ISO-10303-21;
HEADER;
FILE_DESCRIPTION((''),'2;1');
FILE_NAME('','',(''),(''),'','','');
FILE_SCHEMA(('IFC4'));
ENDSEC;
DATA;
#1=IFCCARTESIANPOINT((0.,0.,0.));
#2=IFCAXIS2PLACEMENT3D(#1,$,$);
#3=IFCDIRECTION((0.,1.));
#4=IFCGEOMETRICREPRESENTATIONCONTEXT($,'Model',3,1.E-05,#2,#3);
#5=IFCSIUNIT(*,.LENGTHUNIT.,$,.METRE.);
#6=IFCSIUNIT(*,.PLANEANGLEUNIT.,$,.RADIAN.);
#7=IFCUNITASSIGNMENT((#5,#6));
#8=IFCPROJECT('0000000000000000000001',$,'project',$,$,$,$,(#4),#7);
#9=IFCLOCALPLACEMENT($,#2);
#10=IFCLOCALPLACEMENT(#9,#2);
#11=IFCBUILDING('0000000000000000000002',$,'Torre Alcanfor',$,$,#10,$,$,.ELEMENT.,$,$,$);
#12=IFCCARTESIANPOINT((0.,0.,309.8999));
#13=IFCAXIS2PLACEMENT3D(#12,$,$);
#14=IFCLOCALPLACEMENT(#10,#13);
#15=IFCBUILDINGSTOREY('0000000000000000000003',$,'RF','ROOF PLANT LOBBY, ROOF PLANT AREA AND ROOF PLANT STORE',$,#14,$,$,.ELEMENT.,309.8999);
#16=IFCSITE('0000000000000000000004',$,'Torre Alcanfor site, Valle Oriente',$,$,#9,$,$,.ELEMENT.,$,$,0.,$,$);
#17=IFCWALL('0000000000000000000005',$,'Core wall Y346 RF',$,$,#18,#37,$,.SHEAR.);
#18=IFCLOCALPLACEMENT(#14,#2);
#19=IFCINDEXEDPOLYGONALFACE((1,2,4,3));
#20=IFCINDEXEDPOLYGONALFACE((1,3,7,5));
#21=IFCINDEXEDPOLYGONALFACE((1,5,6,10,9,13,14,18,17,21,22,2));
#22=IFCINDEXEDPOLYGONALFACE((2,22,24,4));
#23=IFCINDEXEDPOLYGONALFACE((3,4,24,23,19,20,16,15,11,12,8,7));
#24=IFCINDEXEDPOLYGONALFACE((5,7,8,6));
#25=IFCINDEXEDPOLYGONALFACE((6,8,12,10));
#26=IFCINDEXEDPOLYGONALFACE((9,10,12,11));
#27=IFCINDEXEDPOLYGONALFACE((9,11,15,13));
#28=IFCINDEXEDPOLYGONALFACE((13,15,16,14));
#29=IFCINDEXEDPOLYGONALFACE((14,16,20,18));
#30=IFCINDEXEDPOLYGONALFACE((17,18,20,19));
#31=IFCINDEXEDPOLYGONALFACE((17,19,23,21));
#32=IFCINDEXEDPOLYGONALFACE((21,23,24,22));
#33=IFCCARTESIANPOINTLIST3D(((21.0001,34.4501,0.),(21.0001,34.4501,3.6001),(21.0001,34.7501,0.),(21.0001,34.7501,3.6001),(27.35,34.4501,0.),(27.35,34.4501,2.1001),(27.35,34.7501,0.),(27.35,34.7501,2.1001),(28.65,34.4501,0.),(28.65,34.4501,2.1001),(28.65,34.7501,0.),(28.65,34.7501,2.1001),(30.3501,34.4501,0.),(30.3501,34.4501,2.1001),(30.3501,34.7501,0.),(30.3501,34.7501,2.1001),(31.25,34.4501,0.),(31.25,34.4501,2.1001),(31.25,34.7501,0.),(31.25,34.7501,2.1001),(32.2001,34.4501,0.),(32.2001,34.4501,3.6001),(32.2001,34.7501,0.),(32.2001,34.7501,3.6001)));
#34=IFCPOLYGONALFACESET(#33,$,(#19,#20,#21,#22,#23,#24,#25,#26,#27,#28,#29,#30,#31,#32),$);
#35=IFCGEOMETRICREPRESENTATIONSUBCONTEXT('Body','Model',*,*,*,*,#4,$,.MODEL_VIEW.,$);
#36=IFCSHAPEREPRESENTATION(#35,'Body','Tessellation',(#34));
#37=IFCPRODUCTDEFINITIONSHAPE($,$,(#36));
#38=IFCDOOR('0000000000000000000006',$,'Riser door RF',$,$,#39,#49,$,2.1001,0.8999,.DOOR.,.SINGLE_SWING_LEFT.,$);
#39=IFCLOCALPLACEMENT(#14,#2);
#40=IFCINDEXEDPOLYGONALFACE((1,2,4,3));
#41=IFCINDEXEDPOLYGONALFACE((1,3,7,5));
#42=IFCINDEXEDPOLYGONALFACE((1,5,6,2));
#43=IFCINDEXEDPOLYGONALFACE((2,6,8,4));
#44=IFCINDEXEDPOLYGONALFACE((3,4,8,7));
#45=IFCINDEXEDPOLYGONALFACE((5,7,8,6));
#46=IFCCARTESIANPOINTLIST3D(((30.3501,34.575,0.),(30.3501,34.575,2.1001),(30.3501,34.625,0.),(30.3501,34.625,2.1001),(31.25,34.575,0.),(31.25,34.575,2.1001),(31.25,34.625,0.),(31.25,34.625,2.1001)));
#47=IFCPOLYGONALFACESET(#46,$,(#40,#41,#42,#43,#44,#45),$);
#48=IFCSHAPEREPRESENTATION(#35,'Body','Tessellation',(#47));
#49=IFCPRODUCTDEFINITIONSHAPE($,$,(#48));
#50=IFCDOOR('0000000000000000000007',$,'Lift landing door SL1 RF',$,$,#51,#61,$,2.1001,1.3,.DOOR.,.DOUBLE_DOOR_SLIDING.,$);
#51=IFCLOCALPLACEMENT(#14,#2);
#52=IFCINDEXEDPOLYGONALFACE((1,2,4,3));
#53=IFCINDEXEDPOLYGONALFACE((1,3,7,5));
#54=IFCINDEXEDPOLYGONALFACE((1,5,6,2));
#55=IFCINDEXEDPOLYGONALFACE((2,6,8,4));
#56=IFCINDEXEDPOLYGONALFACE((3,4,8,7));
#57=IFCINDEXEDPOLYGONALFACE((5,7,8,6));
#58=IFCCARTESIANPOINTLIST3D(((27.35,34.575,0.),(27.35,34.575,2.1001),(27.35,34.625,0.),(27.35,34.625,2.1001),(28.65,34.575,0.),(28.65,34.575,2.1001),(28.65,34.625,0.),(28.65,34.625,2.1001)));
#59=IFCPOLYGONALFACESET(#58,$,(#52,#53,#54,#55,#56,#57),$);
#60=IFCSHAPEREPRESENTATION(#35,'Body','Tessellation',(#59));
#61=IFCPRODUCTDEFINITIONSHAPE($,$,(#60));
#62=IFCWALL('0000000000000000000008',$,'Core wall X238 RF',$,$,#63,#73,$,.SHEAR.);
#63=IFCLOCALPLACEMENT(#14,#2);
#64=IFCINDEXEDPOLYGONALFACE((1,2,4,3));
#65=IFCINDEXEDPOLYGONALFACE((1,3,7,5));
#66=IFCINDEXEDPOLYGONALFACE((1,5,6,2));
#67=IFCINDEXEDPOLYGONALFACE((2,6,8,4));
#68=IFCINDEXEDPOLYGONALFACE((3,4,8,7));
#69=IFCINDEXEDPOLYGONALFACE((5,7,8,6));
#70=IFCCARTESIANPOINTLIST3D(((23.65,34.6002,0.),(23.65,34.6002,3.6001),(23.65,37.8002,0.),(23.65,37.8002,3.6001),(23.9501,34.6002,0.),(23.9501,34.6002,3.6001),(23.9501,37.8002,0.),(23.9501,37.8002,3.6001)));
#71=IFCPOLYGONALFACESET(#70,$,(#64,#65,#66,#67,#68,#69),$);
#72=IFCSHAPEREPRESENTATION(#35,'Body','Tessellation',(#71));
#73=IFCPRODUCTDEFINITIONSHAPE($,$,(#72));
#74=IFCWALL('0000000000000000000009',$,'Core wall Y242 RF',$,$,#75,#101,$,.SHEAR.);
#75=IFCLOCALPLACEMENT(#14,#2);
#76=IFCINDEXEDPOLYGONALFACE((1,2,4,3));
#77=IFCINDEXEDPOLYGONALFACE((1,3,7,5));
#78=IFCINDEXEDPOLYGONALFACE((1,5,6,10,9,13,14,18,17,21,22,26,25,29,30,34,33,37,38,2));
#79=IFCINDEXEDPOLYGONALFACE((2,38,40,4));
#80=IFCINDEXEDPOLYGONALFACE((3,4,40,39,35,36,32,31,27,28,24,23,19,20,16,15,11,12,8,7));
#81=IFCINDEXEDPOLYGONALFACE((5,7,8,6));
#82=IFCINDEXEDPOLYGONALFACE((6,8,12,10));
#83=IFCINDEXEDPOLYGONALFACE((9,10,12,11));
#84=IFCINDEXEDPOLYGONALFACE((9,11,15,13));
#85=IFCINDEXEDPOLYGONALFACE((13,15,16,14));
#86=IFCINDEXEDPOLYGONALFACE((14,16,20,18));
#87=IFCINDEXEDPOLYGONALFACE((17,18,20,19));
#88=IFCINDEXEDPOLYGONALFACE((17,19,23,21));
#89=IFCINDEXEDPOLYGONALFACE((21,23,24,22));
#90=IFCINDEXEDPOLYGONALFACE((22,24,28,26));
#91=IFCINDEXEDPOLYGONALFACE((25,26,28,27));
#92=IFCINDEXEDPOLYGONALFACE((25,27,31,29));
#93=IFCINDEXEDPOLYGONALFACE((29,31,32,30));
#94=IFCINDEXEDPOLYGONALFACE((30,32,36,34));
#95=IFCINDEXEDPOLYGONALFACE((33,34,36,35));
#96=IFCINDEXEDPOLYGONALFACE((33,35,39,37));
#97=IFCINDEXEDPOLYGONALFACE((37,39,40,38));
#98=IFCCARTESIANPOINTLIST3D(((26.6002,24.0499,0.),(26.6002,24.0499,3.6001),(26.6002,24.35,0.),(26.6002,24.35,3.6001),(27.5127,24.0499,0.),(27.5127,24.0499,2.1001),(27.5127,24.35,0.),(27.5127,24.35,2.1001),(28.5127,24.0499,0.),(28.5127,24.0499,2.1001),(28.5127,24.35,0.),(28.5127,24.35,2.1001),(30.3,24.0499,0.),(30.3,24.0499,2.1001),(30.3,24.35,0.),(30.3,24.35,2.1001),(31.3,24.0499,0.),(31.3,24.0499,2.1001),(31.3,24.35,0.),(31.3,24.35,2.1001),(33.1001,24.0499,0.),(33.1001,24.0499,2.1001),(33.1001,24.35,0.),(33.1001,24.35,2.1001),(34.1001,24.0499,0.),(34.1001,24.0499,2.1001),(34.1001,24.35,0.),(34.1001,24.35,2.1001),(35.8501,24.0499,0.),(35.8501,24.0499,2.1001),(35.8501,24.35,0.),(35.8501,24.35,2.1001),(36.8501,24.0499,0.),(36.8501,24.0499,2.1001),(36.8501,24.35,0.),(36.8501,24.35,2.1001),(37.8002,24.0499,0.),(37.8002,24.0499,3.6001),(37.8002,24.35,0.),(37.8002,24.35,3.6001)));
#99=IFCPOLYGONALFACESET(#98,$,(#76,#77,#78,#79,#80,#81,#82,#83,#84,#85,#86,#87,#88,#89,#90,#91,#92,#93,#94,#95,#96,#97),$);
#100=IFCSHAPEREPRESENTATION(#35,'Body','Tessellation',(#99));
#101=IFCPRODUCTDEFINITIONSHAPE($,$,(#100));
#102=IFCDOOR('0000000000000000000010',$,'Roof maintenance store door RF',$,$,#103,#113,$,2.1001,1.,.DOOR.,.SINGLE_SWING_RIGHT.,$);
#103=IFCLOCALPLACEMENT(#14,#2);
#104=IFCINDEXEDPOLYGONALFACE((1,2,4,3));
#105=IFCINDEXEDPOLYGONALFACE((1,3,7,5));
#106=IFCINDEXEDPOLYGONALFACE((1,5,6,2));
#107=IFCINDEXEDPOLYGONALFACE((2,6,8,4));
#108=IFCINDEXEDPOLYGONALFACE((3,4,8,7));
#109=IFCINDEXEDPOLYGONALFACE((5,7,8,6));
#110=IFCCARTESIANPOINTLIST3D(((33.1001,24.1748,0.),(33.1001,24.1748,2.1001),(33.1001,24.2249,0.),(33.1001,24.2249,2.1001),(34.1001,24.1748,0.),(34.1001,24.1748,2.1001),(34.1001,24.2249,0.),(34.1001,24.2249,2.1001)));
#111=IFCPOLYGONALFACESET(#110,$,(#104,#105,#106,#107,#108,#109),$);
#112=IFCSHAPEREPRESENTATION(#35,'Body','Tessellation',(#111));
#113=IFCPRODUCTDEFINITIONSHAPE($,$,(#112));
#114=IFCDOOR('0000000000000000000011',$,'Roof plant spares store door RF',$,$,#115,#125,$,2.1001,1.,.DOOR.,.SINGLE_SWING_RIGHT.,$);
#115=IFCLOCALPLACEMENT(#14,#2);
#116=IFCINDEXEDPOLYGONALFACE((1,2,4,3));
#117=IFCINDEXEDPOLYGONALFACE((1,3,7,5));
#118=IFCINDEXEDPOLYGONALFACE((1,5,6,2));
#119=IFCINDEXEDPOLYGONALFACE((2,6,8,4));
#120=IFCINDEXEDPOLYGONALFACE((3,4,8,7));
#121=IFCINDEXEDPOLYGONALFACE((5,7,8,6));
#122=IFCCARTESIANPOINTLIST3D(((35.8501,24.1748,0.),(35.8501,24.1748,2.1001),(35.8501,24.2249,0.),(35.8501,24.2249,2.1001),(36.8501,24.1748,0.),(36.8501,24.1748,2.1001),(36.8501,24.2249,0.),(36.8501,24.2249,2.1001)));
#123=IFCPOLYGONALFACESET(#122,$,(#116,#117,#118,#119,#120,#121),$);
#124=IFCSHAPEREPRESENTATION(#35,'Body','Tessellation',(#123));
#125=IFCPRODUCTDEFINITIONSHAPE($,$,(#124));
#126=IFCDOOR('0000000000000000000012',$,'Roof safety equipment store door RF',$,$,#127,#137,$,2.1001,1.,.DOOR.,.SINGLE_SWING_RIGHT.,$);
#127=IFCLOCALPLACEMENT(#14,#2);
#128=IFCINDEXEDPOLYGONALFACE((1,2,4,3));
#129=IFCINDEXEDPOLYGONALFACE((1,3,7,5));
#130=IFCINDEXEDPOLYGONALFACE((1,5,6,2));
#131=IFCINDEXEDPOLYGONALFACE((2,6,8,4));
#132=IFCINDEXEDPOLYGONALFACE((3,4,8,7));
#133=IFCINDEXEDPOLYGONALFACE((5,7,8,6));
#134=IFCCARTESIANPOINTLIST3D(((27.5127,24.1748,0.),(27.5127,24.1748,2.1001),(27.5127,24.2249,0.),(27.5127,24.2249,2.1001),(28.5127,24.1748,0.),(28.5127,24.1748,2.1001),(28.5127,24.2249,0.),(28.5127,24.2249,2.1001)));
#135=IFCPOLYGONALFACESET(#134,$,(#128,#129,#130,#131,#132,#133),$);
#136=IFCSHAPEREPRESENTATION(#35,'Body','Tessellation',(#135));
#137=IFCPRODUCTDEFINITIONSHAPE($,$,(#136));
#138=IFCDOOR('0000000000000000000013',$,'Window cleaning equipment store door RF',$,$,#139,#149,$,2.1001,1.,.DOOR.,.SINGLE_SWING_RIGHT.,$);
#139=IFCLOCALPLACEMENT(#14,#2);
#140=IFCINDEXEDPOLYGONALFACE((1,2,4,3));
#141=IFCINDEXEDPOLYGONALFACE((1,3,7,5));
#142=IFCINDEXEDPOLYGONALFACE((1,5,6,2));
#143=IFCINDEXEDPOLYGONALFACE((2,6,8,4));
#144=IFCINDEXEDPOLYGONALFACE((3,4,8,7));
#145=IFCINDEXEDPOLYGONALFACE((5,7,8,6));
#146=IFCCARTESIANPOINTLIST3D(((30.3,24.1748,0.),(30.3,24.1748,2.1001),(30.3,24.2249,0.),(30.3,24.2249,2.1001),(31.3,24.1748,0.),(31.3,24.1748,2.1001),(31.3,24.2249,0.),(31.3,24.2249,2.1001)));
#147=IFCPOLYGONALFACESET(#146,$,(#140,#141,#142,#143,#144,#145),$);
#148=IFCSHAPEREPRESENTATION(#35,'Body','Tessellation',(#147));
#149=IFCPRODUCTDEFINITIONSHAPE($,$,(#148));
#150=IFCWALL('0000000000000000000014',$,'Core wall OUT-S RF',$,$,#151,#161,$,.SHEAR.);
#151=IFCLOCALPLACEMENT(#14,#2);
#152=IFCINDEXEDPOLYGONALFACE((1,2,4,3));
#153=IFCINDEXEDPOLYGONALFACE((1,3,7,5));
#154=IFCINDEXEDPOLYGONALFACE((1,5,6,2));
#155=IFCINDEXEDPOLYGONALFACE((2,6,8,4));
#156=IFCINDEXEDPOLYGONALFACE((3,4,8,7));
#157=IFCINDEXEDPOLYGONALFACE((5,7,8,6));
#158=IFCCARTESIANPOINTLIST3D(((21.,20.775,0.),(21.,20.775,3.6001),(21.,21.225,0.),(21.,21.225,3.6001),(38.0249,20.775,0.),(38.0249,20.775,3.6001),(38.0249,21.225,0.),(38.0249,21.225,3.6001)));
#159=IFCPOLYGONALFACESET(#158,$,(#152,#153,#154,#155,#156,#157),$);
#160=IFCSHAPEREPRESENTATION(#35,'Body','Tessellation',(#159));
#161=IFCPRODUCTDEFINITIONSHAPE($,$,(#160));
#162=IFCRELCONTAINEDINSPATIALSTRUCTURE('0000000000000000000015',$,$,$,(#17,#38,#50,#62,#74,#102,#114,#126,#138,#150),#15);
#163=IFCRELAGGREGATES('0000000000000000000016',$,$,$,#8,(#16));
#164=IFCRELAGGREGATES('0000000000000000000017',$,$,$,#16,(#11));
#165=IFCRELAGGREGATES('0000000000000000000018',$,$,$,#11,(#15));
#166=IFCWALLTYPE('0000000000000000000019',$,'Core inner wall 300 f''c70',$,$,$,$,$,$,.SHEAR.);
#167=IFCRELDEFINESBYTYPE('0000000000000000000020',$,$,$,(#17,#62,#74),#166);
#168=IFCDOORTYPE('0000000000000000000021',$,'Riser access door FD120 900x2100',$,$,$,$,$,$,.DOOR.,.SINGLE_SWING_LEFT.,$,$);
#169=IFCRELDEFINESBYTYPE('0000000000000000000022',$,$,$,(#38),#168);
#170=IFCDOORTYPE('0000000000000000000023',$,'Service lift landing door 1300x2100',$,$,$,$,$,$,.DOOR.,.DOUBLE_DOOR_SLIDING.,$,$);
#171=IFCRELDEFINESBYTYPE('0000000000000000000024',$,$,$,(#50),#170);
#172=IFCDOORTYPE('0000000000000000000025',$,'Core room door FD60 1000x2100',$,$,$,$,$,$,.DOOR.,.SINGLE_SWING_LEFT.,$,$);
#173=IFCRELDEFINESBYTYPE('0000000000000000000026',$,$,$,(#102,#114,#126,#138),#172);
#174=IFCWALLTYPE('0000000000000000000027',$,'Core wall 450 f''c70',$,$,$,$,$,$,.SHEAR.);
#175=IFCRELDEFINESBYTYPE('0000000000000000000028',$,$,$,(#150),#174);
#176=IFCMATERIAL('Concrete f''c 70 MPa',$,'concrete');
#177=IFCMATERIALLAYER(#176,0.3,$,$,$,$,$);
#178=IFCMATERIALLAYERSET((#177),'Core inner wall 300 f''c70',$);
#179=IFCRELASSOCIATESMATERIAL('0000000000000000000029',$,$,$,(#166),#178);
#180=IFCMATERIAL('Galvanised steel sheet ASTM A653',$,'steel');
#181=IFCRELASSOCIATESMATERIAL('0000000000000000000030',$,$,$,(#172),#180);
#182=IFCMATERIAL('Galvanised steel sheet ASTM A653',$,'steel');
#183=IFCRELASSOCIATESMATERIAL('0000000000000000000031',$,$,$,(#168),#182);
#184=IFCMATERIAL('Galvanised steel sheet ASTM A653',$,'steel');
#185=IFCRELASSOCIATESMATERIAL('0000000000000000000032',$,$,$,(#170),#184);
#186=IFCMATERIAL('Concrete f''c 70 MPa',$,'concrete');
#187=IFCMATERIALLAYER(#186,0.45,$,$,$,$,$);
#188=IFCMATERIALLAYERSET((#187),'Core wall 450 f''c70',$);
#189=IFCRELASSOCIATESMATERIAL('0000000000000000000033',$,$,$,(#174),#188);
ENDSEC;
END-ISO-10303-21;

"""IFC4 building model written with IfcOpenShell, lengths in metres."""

from ifc_helpers import new_model, si_unit, direction, frame, frame_2d, origin, place, context, subcontext, project, spatial, rectangle, extrude, material, layer, layer_set, type_object, element, fill, save


model = new_model("IFC4")

# Units and contexts
model_context = context("Model", 3, precision=1e-05, world=origin(), true_north=direction((0.0, 1.0)))
body_context = subcontext(model_context, "Body", "Model", "MODEL_VIEW")
ifc_project = project(units=[si_unit("LENGTHUNIT", "METRE"), si_unit("PLANEANGLEUNIT", "RADIAN")], contexts=[model_context])

# Site, building, storey
site_placement = place(None, origin())
site = spatial("IfcSite", under=ifc_project, at=site_placement, Name="Torre Alcanfor site, Valle Oriente", CompositionType="ELEMENT", RefElevation=0.0)
building_placement = place(site_placement, origin())
building = spatial("IfcBuilding", under=site, at=building_placement, Name="Torre Alcanfor", CompositionType="ELEMENT")
storey_placement = place(building_placement, frame((0.0, 0.0, 309.8999)))
storey = spatial("IfcBuildingStorey", under=building, at=storey_placement, Name="RF", Description="ROOF PLANT LOBBY, ROOF PLANT AREA AND ROOF PLANT STORE", CompositionType="ELEMENT", Elevation=309.8999)

# Shared definitions
ifc_material_1 = material(Name="Concrete f'c 70 MPa", Category="concrete")
ifc_layer_1 = layer(ifc_material_1, 0.3)
ifc_layer_set_1 = layer_set([ifc_layer_1], Name="Core inner wall 300 f'c70")
wall_type_1 = type_object("IfcWallType", Name="Core inner wall 300 f'c70", PredefinedType="SHEAR", material=ifc_layer_set_1)
ifc_material_2 = material(Name="Galvanised steel sheet ASTM A653", Category="steel")
door_type_1 = type_object("IfcDoorType", Name="Core room door FD60 1000x2100", OperationType="SINGLE_SWING_LEFT", PredefinedType="DOOR", material=ifc_material_2)

# Wall, openings, doors
wall_1_placement = place(storey_placement, frame((21.0, 34.6001, 0.0), z_axis=(0.0, 0.0, 1.0), x_axis=(1.0, 0.0, 0.0)))
wall_1 = element("IfcWall", 1, at=wall_1_placement, inside=storey, type_object=wall_type_1, Name="Core wall Y346 RF", PredefinedType="SHEAR", context=body_context, shape_type="SweptSolid", body=[
    extrude(rectangle(XDim=11.2, YDim=0.3, at=frame_2d((5.6001, 0.0))), origin(), (0.0, 0.0, 1.0), 3.6001),
])
opening_1_placement = place(wall_1_placement, frame((9.3501, 0.0, 0.0)))
opening_1 = element("IfcOpeningElement", 2, at=opening_1_placement, cuts=wall_1, PredefinedType="OPENING", context=body_context, shape_type="SweptSolid", body=[
    extrude(rectangle(XDim=0.8999, YDim=2.1001, at=frame_2d((0.45, 1.05))), frame((0.0, 0.1599, 0.0), z_axis=(0.0, -1.0, 0.0), x_axis=(1.0, 0.0, 0.0)), (0.0, 0.0, 1.0), 0.3201),
])
opening_2_placement = place(wall_1_placement, frame((6.3501, 0.0, 0.0)))
opening_2 = element("IfcOpeningElement", 3, at=opening_2_placement, cuts=wall_1, PredefinedType="OPENING", context=body_context, shape_type="SweptSolid", body=[
    extrude(rectangle(XDim=1.3, YDim=2.1001, at=frame_2d((0.6499, 1.05))), frame((0.0, 0.1599, 0.0), z_axis=(0.0, -1.0, 0.0), x_axis=(1.0, 0.0, 0.0)), (0.0, 0.0, 1.0), 0.3201),
])
ifc_material_3 = material(Name="Galvanised steel sheet ASTM A653", Category="steel")
door_type_2 = type_object("IfcDoorType", Name="Riser access door FD120 900x2100", OperationType="SINGLE_SWING_LEFT", PredefinedType="DOOR", material=ifc_material_3)
door_1_placement = place(opening_1_placement, origin())
door_1 = element("IfcDoor", 4, at=door_1_placement, inside=storey, type_object=door_type_2, Name="Riser door RF", OperationType="SINGLE_SWING_LEFT", OverallHeight=2.1001, OverallWidth=0.8999, PredefinedType="DOOR", context=body_context, shape_type="SweptSolid", body=[
    extrude(rectangle(XDim=0.8999, YDim=2.1001, at=frame_2d((0.45, 1.05))), frame((0.0, 0.0249, 0.0), z_axis=(0.0, -1.0, 0.0), x_axis=(1.0, 0.0, 0.0)), (0.0, 0.0, 1.0), 0.05),
])
fill(opening_1, door_1)
ifc_material_4 = material(Name="Galvanised steel sheet ASTM A653", Category="steel")
door_type_3 = type_object("IfcDoorType", Name="Service lift landing door 1300x2100", OperationType="DOUBLE_DOOR_SLIDING", PredefinedType="DOOR", material=ifc_material_4)
door_2_placement = place(opening_2_placement, origin())
door_2 = element("IfcDoor", 5, at=door_2_placement, inside=storey, type_object=door_type_3, Name="Lift landing door SL1 RF", OperationType="DOUBLE_DOOR_SLIDING", OverallHeight=2.1001, OverallWidth=1.3, PredefinedType="DOOR", context=body_context, shape_type="SweptSolid", body=[
    extrude(rectangle(XDim=1.3, YDim=2.1001, at=frame_2d((0.6499, 1.05))), frame((0.0, 0.0249, 0.0), z_axis=(0.0, -1.0, 0.0), x_axis=(1.0, 0.0, 0.0)), (0.0, 0.0, 1.0), 0.05),
])
fill(opening_2, door_2)

# Wall
wall_2_placement = place(storey_placement, frame((23.8, 34.6001, 0.0), z_axis=(0.0, 0.0, 1.0), x_axis=(0.0, 1.0, 0.0)))
element("IfcWall", 6, at=wall_2_placement, inside=storey, type_object=wall_type_1, Name="Core wall X238 RF", PredefinedType="SHEAR", context=body_context, shape_type="SweptSolid", body=[
    extrude(rectangle(XDim=3.2, YDim=0.3, at=frame_2d((1.6001, 0.0))), origin(), (0.0, 0.0, 1.0), 3.6001),
])

# Wall, openings, doors
wall_3_placement = place(storey_placement, frame((26.6001, 24.2, 0.0), z_axis=(0.0, 0.0, 1.0), x_axis=(1.0, 0.0, 0.0)))
wall_3 = element("IfcWall", 7, at=wall_3_placement, inside=storey, type_object=wall_type_1, Name="Core wall Y242 RF", PredefinedType="SHEAR", context=body_context, shape_type="SweptSolid", body=[
    extrude(rectangle(XDim=11.2, YDim=0.3, at=frame_2d((5.6001, 0.0))), origin(), (0.0, 0.0, 1.0), 3.6001),
])
opening_3_placement = place(wall_3_placement, frame((6.5, 0.0, 0.0)))
opening_3 = element("IfcOpeningElement", 8, at=opening_3_placement, cuts=wall_3, PredefinedType="OPENING", context=body_context, shape_type="SweptSolid", body=[
    extrude(rectangle(XDim=1.0, YDim=2.1001, at=frame_2d((0.5, 1.05))), frame((0.0, 0.1599, 0.0), z_axis=(0.0, -1.0, 0.0), x_axis=(1.0, 0.0, 0.0)), (0.0, 0.0, 1.0), 0.3201),
])
opening_4_placement = place(wall_3_placement, frame((9.25, 0.0, 0.0)))
opening_4 = element("IfcOpeningElement", 9, at=opening_4_placement, cuts=wall_3, PredefinedType="OPENING", context=body_context, shape_type="SweptSolid", body=[
    extrude(rectangle(XDim=1.0, YDim=2.1001, at=frame_2d((0.5, 1.05))), frame((0.0, 0.1599, 0.0), z_axis=(0.0, -1.0, 0.0), x_axis=(1.0, 0.0, 0.0)), (0.0, 0.0, 1.0), 0.3201),
])
opening_5_placement = place(wall_3_placement, frame((0.9126, 0.0, 0.0)))
opening_5 = element("IfcOpeningElement", 10, at=opening_5_placement, cuts=wall_3, PredefinedType="OPENING", context=body_context, shape_type="SweptSolid", body=[
    extrude(rectangle(XDim=1.0, YDim=2.1001, at=frame_2d((0.5, 1.05))), frame((0.0, 0.1599, 0.0), z_axis=(0.0, -1.0, 0.0), x_axis=(1.0, 0.0, 0.0)), (0.0, 0.0, 1.0), 0.3201),
])
opening_6_placement = place(wall_3_placement, frame((3.7, 0.0, 0.0)))
opening_6 = element("IfcOpeningElement", 11, at=opening_6_placement, cuts=wall_3, PredefinedType="OPENING", context=body_context, shape_type="SweptSolid", body=[
    extrude(rectangle(XDim=1.0, YDim=2.1001, at=frame_2d((0.5, 1.05))), frame((0.0, 0.1599, 0.0), z_axis=(0.0, -1.0, 0.0), x_axis=(1.0, 0.0, 0.0)), (0.0, 0.0, 1.0), 0.3201),
])
door_3_placement = place(opening_3_placement, frame((1.0, 0.0, 0.0), z_axis=(0.0, 0.0, 1.0), x_axis=(-1.0, 0.0, 0.0)))
door_3 = element("IfcDoor", 12, at=door_3_placement, inside=storey, type_object=door_type_1, Name="Roof maintenance store door RF", OperationType="SINGLE_SWING_RIGHT", OverallHeight=2.1001, OverallWidth=1.0, PredefinedType="DOOR", context=body_context, shape_type="SweptSolid", body=[
    extrude(rectangle(XDim=1.0, YDim=2.1001, at=frame_2d((0.5, 1.05))), frame((0.0, 0.0251, 0.0), z_axis=(0.0, -1.0, 0.0), x_axis=(1.0, 0.0, 0.0)), (0.0, 0.0, 1.0), 0.05),
])
fill(opening_3, door_3)
door_4_placement = place(opening_4_placement, frame((1.0, 0.0, 0.0), z_axis=(0.0, 0.0, 1.0), x_axis=(-1.0, 0.0, 0.0)))
door_4 = element("IfcDoor", 13, at=door_4_placement, inside=storey, type_object=door_type_1, Name="Roof plant spares store door RF", OperationType="SINGLE_SWING_RIGHT", OverallHeight=2.1001, OverallWidth=1.0, PredefinedType="DOOR", context=body_context, shape_type="SweptSolid", body=[
    extrude(rectangle(XDim=1.0, YDim=2.1001, at=frame_2d((0.5, 1.05))), frame((0.0, 0.0251, 0.0), z_axis=(0.0, -1.0, 0.0), x_axis=(1.0, 0.0, 0.0)), (0.0, 0.0, 1.0), 0.05),
])
fill(opening_4, door_4)
door_5_placement = place(opening_5_placement, frame((1.0, 0.0, 0.0), z_axis=(0.0, 0.0, 1.0), x_axis=(-1.0, 0.0, 0.0)))
door_5 = element("IfcDoor", 14, at=door_5_placement, inside=storey, type_object=door_type_1, Name="Roof safety equipment store door RF", OperationType="SINGLE_SWING_RIGHT", OverallHeight=2.1001, OverallWidth=1.0, PredefinedType="DOOR", context=body_context, shape_type="SweptSolid", body=[
    extrude(rectangle(XDim=1.0, YDim=2.1001, at=frame_2d((0.5, 1.05))), frame((0.0, 0.0251, 0.0), z_axis=(0.0, -1.0, 0.0), x_axis=(1.0, 0.0, 0.0)), (0.0, 0.0, 1.0), 0.05),
])
fill(opening_5, door_5)
door_6_placement = place(opening_6_placement, frame((1.0, 0.0, 0.0), z_axis=(0.0, 0.0, 1.0), x_axis=(-1.0, 0.0, 0.0)))
door_6 = element("IfcDoor", 15, at=door_6_placement, inside=storey, type_object=door_type_1, Name="Window cleaning equipment store door RF", OperationType="SINGLE_SWING_RIGHT", OverallHeight=2.1001, OverallWidth=1.0, PredefinedType="DOOR", context=body_context, shape_type="SweptSolid", body=[
    extrude(rectangle(XDim=1.0, YDim=2.1001, at=frame_2d((0.5, 1.05))), frame((0.0, 0.0251, 0.0), z_axis=(0.0, -1.0, 0.0), x_axis=(1.0, 0.0, 0.0)), (0.0, 0.0, 1.0), 0.05),
])
fill(opening_6, door_6)

# Wall
ifc_material_5 = material(Name="Concrete f'c 70 MPa", Category="concrete")
ifc_layer_2 = layer(ifc_material_5, 0.45)
ifc_layer_set_2 = layer_set([ifc_layer_2], Name="Core wall 450 f'c70")
wall_type_2 = type_object("IfcWallType", Name="Core wall 450 f'c70", PredefinedType="SHEAR", material=ifc_layer_set_2)
wall_4_placement = place(storey_placement, frame((21.0, 21.0, 0.0), z_axis=(0.0, 0.0, 1.0), x_axis=(1.0, 0.0, 0.0)))
element("IfcWall", 16, at=wall_4_placement, inside=storey, type_object=wall_type_2, Name="Core wall OUT-S RF", PredefinedType="SHEAR", context=body_context, shape_type="SweptSolid", body=[
    extrude(rectangle(XDim=17.0249, YDim=0.45, at=frame_2d((8.5125, 0.0))), origin(), (0.0, 0.0, 1.0), 3.6001),
])

save(model, "model.ifc")
